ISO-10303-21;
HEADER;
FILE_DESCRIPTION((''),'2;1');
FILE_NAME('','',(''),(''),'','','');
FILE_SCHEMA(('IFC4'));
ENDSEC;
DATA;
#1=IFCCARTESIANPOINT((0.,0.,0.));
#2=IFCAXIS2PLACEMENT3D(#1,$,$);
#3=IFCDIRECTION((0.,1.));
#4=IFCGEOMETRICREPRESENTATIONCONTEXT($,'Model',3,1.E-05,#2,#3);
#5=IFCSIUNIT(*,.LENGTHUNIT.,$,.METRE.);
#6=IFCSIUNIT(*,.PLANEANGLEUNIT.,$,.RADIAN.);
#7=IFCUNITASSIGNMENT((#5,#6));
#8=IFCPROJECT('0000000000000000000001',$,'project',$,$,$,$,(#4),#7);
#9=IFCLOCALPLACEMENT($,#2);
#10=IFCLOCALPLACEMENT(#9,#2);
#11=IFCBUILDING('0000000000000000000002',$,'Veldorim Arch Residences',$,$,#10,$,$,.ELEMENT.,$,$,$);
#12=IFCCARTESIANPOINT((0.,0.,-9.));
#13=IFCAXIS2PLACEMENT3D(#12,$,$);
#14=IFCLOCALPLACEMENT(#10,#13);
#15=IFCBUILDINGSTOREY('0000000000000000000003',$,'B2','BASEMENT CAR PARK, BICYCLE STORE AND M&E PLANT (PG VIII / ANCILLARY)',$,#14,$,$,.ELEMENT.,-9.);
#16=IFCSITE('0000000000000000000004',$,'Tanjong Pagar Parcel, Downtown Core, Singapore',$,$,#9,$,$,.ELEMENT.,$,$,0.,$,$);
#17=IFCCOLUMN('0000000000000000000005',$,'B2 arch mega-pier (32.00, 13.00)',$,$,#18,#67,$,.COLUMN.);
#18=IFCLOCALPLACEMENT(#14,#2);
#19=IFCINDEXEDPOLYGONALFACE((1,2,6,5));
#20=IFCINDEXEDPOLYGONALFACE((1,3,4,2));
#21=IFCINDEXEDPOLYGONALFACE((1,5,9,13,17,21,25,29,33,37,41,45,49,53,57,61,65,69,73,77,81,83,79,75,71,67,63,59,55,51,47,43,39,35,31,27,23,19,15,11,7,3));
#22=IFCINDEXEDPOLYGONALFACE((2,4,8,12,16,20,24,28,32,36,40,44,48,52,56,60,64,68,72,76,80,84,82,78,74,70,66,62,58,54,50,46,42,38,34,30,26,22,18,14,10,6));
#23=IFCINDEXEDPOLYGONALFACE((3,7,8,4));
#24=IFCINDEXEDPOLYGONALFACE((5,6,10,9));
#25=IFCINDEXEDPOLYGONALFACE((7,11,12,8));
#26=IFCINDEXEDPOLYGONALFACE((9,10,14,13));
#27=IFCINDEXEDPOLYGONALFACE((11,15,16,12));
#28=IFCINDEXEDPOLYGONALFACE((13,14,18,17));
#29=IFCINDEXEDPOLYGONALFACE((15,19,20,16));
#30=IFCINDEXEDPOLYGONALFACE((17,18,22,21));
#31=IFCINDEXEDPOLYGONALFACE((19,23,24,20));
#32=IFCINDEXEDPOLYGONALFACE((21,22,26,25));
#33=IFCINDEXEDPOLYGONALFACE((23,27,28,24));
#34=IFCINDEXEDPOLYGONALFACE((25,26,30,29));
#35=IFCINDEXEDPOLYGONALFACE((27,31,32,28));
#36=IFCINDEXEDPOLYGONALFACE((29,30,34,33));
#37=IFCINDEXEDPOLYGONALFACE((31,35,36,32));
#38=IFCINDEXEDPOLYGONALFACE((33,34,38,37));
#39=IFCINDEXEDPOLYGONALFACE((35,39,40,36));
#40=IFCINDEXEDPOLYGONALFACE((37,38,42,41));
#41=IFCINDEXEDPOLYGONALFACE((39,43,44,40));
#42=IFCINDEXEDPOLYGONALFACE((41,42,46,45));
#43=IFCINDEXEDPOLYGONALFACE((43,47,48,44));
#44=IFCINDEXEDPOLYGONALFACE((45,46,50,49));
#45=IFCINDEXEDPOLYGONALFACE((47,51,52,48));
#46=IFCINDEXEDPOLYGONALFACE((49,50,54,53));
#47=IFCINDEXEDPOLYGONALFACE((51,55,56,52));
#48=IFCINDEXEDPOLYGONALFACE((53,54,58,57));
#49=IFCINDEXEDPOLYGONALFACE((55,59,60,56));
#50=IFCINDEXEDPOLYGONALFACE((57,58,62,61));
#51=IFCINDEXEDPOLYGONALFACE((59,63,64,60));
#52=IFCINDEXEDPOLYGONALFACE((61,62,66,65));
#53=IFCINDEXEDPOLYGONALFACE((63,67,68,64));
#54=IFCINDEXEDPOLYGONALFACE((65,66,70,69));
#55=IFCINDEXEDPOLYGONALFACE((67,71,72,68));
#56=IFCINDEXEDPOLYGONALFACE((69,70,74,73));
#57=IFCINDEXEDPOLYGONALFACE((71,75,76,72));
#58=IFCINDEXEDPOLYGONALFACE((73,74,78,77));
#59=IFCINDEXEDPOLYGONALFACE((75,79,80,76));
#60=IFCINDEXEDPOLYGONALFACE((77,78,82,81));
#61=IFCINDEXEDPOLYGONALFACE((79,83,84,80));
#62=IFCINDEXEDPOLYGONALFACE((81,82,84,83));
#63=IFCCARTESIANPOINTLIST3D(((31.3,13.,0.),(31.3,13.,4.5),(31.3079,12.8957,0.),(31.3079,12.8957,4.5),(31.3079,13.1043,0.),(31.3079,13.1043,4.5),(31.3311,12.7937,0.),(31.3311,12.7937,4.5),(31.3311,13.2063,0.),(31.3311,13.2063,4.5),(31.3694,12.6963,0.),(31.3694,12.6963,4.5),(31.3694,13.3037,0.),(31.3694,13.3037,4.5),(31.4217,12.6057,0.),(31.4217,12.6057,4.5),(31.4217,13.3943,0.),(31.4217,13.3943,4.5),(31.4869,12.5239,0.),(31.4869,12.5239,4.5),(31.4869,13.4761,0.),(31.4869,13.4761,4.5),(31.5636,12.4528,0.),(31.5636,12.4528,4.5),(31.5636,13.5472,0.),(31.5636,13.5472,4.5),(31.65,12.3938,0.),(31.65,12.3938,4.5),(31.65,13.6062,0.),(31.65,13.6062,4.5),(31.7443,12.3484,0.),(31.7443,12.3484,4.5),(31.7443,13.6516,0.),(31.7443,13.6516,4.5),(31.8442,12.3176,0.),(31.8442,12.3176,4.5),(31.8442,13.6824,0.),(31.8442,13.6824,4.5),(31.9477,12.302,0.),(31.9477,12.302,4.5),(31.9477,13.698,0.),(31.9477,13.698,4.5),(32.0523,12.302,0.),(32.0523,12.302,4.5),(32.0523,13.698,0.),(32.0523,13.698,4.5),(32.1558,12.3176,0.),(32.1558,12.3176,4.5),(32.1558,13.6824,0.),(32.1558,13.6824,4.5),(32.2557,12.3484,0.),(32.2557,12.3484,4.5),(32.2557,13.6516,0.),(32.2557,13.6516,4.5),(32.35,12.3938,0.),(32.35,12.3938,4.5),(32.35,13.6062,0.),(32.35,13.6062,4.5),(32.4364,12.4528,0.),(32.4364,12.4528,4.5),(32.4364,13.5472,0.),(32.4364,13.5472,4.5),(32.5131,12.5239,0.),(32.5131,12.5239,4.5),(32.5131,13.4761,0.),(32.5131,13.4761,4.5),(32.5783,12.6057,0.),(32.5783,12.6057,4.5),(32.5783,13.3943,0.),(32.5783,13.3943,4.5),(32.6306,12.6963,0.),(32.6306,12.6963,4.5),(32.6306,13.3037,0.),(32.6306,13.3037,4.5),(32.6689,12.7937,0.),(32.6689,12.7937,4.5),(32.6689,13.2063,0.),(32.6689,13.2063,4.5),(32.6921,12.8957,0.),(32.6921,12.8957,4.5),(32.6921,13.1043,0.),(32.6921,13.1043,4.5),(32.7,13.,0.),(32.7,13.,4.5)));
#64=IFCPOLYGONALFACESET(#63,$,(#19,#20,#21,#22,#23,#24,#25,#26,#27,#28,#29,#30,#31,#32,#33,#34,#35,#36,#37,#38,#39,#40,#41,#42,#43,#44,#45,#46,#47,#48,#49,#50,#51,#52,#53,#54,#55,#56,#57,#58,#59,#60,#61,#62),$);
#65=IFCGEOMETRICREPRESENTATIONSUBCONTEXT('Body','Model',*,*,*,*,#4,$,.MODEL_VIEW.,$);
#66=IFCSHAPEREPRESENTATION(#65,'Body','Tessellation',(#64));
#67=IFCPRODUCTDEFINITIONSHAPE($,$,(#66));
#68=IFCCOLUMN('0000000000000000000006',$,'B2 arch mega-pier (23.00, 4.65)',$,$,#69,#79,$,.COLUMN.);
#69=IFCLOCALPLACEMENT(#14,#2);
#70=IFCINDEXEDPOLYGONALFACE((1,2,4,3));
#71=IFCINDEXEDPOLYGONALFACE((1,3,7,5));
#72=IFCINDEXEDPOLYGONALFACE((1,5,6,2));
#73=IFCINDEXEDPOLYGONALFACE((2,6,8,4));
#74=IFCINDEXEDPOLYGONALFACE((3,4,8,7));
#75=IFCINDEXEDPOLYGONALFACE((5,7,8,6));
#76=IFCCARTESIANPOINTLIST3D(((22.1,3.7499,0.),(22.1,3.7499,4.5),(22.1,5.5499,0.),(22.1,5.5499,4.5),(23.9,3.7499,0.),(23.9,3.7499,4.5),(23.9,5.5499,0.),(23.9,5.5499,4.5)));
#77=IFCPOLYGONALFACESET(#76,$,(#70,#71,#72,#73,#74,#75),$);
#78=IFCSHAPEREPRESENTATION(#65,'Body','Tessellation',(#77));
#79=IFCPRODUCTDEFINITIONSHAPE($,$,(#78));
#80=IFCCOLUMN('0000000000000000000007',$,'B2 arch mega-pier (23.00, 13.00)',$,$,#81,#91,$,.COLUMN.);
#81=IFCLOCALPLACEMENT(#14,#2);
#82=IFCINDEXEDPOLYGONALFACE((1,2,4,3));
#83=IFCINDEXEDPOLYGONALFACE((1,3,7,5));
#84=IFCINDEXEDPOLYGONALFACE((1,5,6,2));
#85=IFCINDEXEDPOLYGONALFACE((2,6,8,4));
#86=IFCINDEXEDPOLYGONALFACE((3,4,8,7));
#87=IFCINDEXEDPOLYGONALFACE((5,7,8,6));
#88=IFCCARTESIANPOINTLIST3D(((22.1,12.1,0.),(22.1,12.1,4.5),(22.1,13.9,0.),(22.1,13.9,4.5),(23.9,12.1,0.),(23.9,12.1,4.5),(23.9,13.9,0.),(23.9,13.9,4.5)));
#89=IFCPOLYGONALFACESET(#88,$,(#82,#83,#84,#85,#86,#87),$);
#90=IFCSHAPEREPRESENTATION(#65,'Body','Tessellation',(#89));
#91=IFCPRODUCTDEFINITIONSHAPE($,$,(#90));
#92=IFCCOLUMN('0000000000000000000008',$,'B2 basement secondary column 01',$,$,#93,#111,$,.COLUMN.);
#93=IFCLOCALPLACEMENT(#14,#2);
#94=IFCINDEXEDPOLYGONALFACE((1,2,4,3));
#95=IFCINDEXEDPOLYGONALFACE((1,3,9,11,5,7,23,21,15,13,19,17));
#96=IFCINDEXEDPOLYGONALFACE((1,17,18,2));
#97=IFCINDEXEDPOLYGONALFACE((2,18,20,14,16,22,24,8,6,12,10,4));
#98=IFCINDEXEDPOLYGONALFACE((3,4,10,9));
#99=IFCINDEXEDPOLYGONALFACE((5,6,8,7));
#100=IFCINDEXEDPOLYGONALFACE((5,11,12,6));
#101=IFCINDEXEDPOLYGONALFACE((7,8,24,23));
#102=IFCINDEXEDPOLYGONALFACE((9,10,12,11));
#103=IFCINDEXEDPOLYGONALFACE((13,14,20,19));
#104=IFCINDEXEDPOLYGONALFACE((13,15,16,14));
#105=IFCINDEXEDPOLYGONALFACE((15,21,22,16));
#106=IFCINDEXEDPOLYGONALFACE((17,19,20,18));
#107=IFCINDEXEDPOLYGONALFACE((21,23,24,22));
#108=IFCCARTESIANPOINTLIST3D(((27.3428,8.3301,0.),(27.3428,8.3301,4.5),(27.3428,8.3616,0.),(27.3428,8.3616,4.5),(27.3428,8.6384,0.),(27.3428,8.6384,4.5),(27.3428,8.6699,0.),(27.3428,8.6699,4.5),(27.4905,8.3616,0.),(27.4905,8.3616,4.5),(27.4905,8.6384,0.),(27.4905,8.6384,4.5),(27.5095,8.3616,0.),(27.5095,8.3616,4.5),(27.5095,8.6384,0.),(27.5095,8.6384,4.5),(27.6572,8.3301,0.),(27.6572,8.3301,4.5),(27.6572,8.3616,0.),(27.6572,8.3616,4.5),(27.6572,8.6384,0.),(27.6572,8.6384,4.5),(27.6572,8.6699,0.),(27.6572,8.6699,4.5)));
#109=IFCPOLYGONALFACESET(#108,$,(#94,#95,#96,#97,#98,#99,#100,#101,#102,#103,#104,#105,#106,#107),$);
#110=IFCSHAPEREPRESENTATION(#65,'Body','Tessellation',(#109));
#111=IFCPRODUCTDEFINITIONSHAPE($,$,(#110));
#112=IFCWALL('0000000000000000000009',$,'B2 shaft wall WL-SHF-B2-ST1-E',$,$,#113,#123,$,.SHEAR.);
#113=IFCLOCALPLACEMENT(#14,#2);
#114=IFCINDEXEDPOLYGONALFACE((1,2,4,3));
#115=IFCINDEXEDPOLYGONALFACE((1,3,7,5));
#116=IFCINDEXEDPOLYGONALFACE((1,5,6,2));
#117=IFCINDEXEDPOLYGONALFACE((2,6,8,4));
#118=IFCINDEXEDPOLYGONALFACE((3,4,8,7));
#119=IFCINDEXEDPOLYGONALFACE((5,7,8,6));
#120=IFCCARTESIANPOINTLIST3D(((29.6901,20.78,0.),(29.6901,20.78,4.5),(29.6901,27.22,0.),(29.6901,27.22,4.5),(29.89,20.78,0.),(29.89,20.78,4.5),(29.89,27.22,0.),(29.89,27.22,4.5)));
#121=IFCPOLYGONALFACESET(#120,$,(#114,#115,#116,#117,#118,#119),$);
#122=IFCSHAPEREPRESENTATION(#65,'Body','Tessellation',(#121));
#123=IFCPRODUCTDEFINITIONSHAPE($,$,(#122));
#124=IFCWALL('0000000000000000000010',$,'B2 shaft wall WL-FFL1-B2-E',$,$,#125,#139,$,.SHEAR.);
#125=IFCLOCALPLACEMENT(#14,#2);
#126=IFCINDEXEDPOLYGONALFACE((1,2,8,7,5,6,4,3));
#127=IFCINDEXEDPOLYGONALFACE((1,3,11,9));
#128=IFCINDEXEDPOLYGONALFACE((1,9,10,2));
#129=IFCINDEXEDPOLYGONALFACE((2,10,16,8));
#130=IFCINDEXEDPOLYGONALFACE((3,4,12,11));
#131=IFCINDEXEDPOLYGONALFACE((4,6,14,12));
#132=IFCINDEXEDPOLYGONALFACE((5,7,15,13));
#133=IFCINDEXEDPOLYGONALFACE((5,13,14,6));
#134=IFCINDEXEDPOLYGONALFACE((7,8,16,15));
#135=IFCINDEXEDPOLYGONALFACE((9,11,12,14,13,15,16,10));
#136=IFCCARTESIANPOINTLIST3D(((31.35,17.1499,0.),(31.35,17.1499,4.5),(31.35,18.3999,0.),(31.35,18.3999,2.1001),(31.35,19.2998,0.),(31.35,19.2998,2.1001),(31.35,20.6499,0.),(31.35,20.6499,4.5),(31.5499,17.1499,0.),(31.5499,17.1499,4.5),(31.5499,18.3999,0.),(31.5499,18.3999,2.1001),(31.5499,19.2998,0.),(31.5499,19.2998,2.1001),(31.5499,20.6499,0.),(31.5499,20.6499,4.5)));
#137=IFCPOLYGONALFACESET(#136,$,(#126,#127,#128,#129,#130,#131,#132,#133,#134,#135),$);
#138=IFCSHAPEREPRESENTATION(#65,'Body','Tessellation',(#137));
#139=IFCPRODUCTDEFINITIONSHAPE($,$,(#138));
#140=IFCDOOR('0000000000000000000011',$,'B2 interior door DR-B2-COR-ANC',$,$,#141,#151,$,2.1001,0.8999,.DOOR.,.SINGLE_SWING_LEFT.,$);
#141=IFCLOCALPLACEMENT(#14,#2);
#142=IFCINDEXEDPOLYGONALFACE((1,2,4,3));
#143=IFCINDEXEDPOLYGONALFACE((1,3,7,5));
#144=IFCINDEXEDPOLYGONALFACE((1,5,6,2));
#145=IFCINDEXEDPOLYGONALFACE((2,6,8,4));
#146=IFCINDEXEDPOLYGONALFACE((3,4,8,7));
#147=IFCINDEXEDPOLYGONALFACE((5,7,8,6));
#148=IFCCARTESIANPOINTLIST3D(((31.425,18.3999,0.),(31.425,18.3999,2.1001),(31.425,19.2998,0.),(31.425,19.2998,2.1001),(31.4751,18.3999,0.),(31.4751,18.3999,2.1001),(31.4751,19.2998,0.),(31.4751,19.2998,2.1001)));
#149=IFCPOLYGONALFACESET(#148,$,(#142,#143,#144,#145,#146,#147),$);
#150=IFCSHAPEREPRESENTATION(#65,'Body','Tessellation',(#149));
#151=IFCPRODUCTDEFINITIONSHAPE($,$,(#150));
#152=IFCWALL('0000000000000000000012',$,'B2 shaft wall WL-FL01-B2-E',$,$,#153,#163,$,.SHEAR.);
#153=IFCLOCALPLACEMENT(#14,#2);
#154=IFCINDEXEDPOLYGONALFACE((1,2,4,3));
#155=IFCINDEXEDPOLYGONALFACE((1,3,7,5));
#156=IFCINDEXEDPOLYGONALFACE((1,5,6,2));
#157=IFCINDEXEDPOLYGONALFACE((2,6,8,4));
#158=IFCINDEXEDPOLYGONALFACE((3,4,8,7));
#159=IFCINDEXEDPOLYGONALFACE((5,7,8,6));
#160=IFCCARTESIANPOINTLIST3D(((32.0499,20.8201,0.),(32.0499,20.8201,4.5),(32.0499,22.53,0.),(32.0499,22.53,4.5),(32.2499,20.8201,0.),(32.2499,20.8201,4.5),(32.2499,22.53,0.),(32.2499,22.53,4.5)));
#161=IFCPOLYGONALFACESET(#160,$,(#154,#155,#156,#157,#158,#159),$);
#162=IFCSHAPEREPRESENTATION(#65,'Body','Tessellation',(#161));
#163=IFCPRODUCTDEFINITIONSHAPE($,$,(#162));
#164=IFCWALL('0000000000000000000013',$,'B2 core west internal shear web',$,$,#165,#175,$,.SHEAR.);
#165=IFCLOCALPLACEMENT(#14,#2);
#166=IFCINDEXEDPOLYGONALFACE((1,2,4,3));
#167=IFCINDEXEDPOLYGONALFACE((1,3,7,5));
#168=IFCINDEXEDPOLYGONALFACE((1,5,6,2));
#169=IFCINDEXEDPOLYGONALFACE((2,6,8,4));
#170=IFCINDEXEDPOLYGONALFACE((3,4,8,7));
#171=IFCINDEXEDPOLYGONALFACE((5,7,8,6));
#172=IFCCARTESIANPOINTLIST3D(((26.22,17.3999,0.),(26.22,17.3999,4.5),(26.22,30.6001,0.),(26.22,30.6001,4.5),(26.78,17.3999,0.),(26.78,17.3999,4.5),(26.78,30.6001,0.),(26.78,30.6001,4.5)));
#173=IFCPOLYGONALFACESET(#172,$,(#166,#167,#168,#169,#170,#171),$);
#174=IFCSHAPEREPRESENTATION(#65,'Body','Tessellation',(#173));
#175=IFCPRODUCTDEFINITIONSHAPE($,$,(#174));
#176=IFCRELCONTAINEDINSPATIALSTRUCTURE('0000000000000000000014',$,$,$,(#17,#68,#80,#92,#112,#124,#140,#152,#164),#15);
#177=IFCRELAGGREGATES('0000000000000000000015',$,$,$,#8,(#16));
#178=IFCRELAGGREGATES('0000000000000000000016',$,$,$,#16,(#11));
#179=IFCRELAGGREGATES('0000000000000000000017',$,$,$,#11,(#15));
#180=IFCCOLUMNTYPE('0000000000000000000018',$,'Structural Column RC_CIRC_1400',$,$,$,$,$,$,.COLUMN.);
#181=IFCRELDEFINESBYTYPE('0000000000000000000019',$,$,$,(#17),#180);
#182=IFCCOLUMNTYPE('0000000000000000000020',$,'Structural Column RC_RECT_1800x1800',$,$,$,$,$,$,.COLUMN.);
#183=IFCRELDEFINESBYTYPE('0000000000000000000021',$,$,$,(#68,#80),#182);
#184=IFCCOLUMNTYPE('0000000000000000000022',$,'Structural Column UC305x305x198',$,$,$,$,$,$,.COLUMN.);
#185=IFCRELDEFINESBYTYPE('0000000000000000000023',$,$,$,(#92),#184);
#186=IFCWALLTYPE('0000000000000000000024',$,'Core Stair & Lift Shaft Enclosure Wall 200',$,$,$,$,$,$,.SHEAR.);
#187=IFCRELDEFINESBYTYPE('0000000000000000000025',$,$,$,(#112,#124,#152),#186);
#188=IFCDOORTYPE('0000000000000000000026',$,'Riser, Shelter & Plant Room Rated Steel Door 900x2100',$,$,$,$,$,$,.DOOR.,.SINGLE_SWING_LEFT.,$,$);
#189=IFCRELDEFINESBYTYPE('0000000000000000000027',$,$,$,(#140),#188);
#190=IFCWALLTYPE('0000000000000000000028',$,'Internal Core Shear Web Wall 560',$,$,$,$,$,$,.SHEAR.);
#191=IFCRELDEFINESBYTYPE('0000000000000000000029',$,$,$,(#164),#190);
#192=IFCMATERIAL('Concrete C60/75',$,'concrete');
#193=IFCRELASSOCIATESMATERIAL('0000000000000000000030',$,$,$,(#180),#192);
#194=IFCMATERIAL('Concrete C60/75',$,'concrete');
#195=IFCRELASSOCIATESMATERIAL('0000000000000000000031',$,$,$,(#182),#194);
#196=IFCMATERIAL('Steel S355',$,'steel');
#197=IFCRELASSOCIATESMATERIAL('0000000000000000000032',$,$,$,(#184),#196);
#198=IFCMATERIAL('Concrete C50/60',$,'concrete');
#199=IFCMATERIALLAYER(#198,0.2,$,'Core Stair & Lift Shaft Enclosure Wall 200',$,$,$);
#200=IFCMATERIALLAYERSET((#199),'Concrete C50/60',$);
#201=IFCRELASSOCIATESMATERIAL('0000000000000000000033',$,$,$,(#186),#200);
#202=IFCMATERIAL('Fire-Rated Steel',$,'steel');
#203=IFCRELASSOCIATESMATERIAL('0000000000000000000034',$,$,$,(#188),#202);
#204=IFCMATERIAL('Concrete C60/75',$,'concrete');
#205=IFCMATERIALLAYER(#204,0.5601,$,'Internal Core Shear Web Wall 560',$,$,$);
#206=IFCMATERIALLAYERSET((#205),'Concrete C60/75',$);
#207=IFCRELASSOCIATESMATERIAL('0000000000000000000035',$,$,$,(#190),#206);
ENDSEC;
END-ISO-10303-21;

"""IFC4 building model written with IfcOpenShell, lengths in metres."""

from ifc_helpers import new_model, si_unit, direction, frame, frame_2d, origin, origin_2d, place, context, subcontext, project, spatial, rectangle, circle, i_section, extrude, material, layer, layer_set, material_profile, profile_set, type_object, element, fill, save


model = new_model("IFC4")

# Units and contexts
model_context = context("Model", 3, precision=1e-05, world=origin(), true_north=direction((0.0, 1.0)))
body_context = subcontext(model_context, "Body", "Model", "MODEL_VIEW")
ifc_project = project(units=[si_unit("LENGTHUNIT", "METRE"), si_unit("PLANEANGLEUNIT", "RADIAN")], contexts=[model_context])

# Site, building, storey
site_placement = place(None, origin())
site = spatial("IfcSite", under=ifc_project, at=site_placement, Name="Tanjong Pagar Parcel, Downtown Core, Singapore", CompositionType="ELEMENT", RefElevation=0.0)
building_placement = place(site_placement, origin())
building = spatial("IfcBuilding", under=site, at=building_placement, Name="Veldorim Arch Residences", CompositionType="ELEMENT")
storey_placement = place(building_placement, frame((0.0, 0.0, -9.0)))
storey = spatial("IfcBuildingStorey", under=building, at=storey_placement, Name="B2", Description="BASEMENT CAR PARK, BICYCLE STORE AND M&E PLANT (PG VIII / ANCILLARY)", CompositionType="ELEMENT", Elevation=-9.0)

# Columns
ifc_material_1 = material(Name="Concrete C60/75", Category="concrete")
ifc_material_profile_1 = material_profile(ifc_material_1, circle(Radius=0.7, at=origin_2d()), Name="RC_CIRC_1400")
ifc_profile_set_1 = profile_set([ifc_material_profile_1], Name="Concrete C60/75")
column_type_1 = type_object("IfcColumnType", Name="Structural Column RC_CIRC_1400", PredefinedType="COLUMN", material=ifc_profile_set_1)
for number, where, z_axis, x_axis, name in (
    (1, (32.0, 13.0, 0.0), (0.0, 0.0, 1.0), (1.0, 0.0, 0.0), "B2 arch mega-pier (32.00, 13.00)"),
):
    element("IfcColumn", number, at=place(storey_placement, frame(where, z_axis=z_axis, x_axis=x_axis)), inside=storey, type_object=column_type_1, Name=name, PredefinedType="COLUMN", context=body_context, shape_type="SweptSolid", body=[
        extrude(circle(Radius=0.7, at=origin_2d()), origin(), (0.0, 0.0, 1.0), 4.5),
    ])
ifc_material_2 = material(Name="Concrete C60/75", Category="concrete")
ifc_material_profile_2 = material_profile(ifc_material_2, rectangle(XDim=1.8, YDim=1.8, at=origin_2d()), Name="RC_RECT_1800x1800")
ifc_profile_set_2 = profile_set([ifc_material_profile_2], Name="Concrete C60/75")
column_type_2 = type_object("IfcColumnType", Name="Structural Column RC_RECT_1800x1800", PredefinedType="COLUMN", material=ifc_profile_set_2)
for number, where, z_axis, x_axis, name in (
    (2, (23.0, 4.6499, 0.0), (0.0, 0.0, 1.0), (1.0, 0.0, 0.0), "B2 arch mega-pier (23.00, 4.65)"),
    (3, (23.0, 13.0, 0.0), (0.0, 0.0, 1.0), (1.0, 0.0, 0.0), "B2 arch mega-pier (23.00, 13.00)"),
):
    element("IfcColumn", number, at=place(storey_placement, frame(where, z_axis=z_axis, x_axis=x_axis)), inside=storey, type_object=column_type_2, Name=name, PredefinedType="COLUMN", context=body_context, shape_type="SweptSolid", body=[
        extrude(rectangle(XDim=1.8, YDim=1.8, at=origin_2d()), origin(), (0.0, 0.0, 1.0), 4.5),
    ])
ifc_material_3 = material(Name="Steel S355", Category="steel")
ifc_material_profile_3 = material_profile(ifc_material_3, i_section(OverallWidth=0.3145, OverallDepth=0.3398, WebThickness=0.019, FlangeThickness=0.0315, at=origin_2d()), Name="UC305x305x198")
ifc_profile_set_3 = profile_set([ifc_material_profile_3], Name="Steel S355")
column_type_3 = type_object("IfcColumnType", Name="Structural Column UC305x305x198", PredefinedType="COLUMN", material=ifc_profile_set_3)
column_placement = place(storey_placement, frame((27.5, 8.5, 0.0), z_axis=(0.0, 0.0, 1.0), x_axis=(1.0, 0.0, 0.0)))
element("IfcColumn", 4, at=column_placement, inside=storey, type_object=column_type_3, Name="B2 basement secondary column 01", PredefinedType="COLUMN", context=body_context, shape_type="SweptSolid", body=[
    extrude(i_section(OverallWidth=0.3145, OverallDepth=0.3398, WebThickness=0.019, FlangeThickness=0.0315, at=origin_2d()), origin(), (0.0, 0.0, 1.0), 4.5),
])

# Wall
ifc_material_4 = material(Name="Concrete C50/60", Category="concrete")
ifc_layer_1 = layer(ifc_material_4, 0.2, Name="Core Stair & Lift Shaft Enclosure Wall 200")
ifc_layer_set_1 = layer_set([ifc_layer_1], Name="Concrete C50/60")
wall_type_1 = type_object("IfcWallType", Name="Core Stair & Lift Shaft Enclosure Wall 200", PredefinedType="SHEAR", material=ifc_layer_set_1)
wall_1_placement = place(storey_placement, frame((29.79, 20.78, 0.0), z_axis=(0.0, 0.0, 1.0), x_axis=(0.0, 1.0, 0.0)))
element("IfcWall", 5, at=wall_1_placement, inside=storey, type_object=wall_type_1, Name="B2 shaft wall WL-SHF-B2-ST1-E", PredefinedType="SHEAR", context=body_context, shape_type="SweptSolid", body=[
    extrude(rectangle(XDim=6.4399, YDim=0.2, at=frame_2d((3.22, 0.0))), origin(), (0.0, 0.0, 1.0), 4.5),
])

# Wall, opening, door
wall_2_placement = place(storey_placement, frame((31.45, 17.1499, 0.0), z_axis=(0.0, 0.0, 1.0), x_axis=(0.0, 1.0, 0.0)))
wall_2 = element("IfcWall", 6, at=wall_2_placement, inside=storey, type_object=wall_type_1, Name="B2 shaft wall WL-FFL1-B2-E", PredefinedType="SHEAR", context=body_context, shape_type="SweptSolid", body=[
    extrude(rectangle(XDim=3.5, YDim=0.2, at=frame_2d((1.75, 0.0))), origin(), (0.0, 0.0, 1.0), 4.5),
])
opening_1_placement = place(wall_2_placement, frame((1.25, 0.0, 0.0)))
opening_1 = element("IfcOpeningElement", 7, at=opening_1_placement, cuts=wall_2, PredefinedType="OPENING", context=body_context, shape_type="SweptSolid", body=[
    extrude(rectangle(XDim=0.8999, YDim=2.1001, at=frame_2d((0.45, 1.05))), frame((0.0, 0.1099, 0.0), z_axis=(0.0, -1.0, 0.0), x_axis=(1.0, 0.0, 0.0)), (0.0, 0.0, 1.0), 0.22),
])
ifc_material_5 = material(Name="Fire-Rated Steel", Category="steel")
door_type_1 = type_object("IfcDoorType", Name="Riser, Shelter & Plant Room Rated Steel Door 900x2100", OperationType="SINGLE_SWING_LEFT", PredefinedType="DOOR", material=ifc_material_5)
door_1_placement = place(opening_1_placement, origin())
door_1 = element("IfcDoor", 8, at=door_1_placement, inside=storey, type_object=door_type_1, Name="B2 interior door DR-B2-COR-ANC", OperationType="SINGLE_SWING_LEFT", OverallHeight=2.1001, OverallWidth=0.8999, PredefinedType="DOOR", context=body_context, shape_type="SweptSolid", body=[
    extrude(rectangle(XDim=0.8999, YDim=2.1001, at=frame_2d((0.45, 1.05))), frame((0.0, 0.0249, 0.0), z_axis=(0.0, -1.0, 0.0), x_axis=(1.0, 0.0, 0.0)), (0.0, 0.0, 1.0), 0.05),
])
fill(opening_1, door_1)

# Walls
wall_3_placement = place(storey_placement, frame((32.1499, 20.8201, 0.0), z_axis=(0.0, 0.0, 1.0), x_axis=(0.0, 1.0, 0.0)))
element("IfcWall", 9, at=wall_3_placement, inside=storey, type_object=wall_type_1, Name="B2 shaft wall WL-FL01-B2-E", PredefinedType="SHEAR", context=body_context, shape_type="SweptSolid", body=[
    extrude(rectangle(XDim=1.71, YDim=0.2, at=frame_2d((0.855, 0.0))), origin(), (0.0, 0.0, 1.0), 4.5),
])
ifc_material_6 = material(Name="Concrete C60/75", Category="concrete")
ifc_layer_2 = layer(ifc_material_6, 0.5601, Name="Internal Core Shear Web Wall 560")
ifc_layer_set_2 = layer_set([ifc_layer_2], Name="Concrete C60/75")
wall_type_2 = type_object("IfcWallType", Name="Internal Core Shear Web Wall 560", PredefinedType="SHEAR", material=ifc_layer_set_2)
wall_4_placement = place(storey_placement, frame((26.5, 17.3999, 0.0), z_axis=(0.0, 0.0, 1.0), x_axis=(0.0, 1.0, 0.0)))
element("IfcWall", 10, at=wall_4_placement, inside=storey, type_object=wall_type_2, Name="B2 core west internal shear web", PredefinedType="SHEAR", context=body_context, shape_type="SweptSolid", body=[
    extrude(rectangle(XDim=13.2002, YDim=0.5601, at=frame_2d((6.6001, 0.0))), origin(), (0.0, 0.0, 1.0), 4.5),
])

save(model, "model.ifc")
